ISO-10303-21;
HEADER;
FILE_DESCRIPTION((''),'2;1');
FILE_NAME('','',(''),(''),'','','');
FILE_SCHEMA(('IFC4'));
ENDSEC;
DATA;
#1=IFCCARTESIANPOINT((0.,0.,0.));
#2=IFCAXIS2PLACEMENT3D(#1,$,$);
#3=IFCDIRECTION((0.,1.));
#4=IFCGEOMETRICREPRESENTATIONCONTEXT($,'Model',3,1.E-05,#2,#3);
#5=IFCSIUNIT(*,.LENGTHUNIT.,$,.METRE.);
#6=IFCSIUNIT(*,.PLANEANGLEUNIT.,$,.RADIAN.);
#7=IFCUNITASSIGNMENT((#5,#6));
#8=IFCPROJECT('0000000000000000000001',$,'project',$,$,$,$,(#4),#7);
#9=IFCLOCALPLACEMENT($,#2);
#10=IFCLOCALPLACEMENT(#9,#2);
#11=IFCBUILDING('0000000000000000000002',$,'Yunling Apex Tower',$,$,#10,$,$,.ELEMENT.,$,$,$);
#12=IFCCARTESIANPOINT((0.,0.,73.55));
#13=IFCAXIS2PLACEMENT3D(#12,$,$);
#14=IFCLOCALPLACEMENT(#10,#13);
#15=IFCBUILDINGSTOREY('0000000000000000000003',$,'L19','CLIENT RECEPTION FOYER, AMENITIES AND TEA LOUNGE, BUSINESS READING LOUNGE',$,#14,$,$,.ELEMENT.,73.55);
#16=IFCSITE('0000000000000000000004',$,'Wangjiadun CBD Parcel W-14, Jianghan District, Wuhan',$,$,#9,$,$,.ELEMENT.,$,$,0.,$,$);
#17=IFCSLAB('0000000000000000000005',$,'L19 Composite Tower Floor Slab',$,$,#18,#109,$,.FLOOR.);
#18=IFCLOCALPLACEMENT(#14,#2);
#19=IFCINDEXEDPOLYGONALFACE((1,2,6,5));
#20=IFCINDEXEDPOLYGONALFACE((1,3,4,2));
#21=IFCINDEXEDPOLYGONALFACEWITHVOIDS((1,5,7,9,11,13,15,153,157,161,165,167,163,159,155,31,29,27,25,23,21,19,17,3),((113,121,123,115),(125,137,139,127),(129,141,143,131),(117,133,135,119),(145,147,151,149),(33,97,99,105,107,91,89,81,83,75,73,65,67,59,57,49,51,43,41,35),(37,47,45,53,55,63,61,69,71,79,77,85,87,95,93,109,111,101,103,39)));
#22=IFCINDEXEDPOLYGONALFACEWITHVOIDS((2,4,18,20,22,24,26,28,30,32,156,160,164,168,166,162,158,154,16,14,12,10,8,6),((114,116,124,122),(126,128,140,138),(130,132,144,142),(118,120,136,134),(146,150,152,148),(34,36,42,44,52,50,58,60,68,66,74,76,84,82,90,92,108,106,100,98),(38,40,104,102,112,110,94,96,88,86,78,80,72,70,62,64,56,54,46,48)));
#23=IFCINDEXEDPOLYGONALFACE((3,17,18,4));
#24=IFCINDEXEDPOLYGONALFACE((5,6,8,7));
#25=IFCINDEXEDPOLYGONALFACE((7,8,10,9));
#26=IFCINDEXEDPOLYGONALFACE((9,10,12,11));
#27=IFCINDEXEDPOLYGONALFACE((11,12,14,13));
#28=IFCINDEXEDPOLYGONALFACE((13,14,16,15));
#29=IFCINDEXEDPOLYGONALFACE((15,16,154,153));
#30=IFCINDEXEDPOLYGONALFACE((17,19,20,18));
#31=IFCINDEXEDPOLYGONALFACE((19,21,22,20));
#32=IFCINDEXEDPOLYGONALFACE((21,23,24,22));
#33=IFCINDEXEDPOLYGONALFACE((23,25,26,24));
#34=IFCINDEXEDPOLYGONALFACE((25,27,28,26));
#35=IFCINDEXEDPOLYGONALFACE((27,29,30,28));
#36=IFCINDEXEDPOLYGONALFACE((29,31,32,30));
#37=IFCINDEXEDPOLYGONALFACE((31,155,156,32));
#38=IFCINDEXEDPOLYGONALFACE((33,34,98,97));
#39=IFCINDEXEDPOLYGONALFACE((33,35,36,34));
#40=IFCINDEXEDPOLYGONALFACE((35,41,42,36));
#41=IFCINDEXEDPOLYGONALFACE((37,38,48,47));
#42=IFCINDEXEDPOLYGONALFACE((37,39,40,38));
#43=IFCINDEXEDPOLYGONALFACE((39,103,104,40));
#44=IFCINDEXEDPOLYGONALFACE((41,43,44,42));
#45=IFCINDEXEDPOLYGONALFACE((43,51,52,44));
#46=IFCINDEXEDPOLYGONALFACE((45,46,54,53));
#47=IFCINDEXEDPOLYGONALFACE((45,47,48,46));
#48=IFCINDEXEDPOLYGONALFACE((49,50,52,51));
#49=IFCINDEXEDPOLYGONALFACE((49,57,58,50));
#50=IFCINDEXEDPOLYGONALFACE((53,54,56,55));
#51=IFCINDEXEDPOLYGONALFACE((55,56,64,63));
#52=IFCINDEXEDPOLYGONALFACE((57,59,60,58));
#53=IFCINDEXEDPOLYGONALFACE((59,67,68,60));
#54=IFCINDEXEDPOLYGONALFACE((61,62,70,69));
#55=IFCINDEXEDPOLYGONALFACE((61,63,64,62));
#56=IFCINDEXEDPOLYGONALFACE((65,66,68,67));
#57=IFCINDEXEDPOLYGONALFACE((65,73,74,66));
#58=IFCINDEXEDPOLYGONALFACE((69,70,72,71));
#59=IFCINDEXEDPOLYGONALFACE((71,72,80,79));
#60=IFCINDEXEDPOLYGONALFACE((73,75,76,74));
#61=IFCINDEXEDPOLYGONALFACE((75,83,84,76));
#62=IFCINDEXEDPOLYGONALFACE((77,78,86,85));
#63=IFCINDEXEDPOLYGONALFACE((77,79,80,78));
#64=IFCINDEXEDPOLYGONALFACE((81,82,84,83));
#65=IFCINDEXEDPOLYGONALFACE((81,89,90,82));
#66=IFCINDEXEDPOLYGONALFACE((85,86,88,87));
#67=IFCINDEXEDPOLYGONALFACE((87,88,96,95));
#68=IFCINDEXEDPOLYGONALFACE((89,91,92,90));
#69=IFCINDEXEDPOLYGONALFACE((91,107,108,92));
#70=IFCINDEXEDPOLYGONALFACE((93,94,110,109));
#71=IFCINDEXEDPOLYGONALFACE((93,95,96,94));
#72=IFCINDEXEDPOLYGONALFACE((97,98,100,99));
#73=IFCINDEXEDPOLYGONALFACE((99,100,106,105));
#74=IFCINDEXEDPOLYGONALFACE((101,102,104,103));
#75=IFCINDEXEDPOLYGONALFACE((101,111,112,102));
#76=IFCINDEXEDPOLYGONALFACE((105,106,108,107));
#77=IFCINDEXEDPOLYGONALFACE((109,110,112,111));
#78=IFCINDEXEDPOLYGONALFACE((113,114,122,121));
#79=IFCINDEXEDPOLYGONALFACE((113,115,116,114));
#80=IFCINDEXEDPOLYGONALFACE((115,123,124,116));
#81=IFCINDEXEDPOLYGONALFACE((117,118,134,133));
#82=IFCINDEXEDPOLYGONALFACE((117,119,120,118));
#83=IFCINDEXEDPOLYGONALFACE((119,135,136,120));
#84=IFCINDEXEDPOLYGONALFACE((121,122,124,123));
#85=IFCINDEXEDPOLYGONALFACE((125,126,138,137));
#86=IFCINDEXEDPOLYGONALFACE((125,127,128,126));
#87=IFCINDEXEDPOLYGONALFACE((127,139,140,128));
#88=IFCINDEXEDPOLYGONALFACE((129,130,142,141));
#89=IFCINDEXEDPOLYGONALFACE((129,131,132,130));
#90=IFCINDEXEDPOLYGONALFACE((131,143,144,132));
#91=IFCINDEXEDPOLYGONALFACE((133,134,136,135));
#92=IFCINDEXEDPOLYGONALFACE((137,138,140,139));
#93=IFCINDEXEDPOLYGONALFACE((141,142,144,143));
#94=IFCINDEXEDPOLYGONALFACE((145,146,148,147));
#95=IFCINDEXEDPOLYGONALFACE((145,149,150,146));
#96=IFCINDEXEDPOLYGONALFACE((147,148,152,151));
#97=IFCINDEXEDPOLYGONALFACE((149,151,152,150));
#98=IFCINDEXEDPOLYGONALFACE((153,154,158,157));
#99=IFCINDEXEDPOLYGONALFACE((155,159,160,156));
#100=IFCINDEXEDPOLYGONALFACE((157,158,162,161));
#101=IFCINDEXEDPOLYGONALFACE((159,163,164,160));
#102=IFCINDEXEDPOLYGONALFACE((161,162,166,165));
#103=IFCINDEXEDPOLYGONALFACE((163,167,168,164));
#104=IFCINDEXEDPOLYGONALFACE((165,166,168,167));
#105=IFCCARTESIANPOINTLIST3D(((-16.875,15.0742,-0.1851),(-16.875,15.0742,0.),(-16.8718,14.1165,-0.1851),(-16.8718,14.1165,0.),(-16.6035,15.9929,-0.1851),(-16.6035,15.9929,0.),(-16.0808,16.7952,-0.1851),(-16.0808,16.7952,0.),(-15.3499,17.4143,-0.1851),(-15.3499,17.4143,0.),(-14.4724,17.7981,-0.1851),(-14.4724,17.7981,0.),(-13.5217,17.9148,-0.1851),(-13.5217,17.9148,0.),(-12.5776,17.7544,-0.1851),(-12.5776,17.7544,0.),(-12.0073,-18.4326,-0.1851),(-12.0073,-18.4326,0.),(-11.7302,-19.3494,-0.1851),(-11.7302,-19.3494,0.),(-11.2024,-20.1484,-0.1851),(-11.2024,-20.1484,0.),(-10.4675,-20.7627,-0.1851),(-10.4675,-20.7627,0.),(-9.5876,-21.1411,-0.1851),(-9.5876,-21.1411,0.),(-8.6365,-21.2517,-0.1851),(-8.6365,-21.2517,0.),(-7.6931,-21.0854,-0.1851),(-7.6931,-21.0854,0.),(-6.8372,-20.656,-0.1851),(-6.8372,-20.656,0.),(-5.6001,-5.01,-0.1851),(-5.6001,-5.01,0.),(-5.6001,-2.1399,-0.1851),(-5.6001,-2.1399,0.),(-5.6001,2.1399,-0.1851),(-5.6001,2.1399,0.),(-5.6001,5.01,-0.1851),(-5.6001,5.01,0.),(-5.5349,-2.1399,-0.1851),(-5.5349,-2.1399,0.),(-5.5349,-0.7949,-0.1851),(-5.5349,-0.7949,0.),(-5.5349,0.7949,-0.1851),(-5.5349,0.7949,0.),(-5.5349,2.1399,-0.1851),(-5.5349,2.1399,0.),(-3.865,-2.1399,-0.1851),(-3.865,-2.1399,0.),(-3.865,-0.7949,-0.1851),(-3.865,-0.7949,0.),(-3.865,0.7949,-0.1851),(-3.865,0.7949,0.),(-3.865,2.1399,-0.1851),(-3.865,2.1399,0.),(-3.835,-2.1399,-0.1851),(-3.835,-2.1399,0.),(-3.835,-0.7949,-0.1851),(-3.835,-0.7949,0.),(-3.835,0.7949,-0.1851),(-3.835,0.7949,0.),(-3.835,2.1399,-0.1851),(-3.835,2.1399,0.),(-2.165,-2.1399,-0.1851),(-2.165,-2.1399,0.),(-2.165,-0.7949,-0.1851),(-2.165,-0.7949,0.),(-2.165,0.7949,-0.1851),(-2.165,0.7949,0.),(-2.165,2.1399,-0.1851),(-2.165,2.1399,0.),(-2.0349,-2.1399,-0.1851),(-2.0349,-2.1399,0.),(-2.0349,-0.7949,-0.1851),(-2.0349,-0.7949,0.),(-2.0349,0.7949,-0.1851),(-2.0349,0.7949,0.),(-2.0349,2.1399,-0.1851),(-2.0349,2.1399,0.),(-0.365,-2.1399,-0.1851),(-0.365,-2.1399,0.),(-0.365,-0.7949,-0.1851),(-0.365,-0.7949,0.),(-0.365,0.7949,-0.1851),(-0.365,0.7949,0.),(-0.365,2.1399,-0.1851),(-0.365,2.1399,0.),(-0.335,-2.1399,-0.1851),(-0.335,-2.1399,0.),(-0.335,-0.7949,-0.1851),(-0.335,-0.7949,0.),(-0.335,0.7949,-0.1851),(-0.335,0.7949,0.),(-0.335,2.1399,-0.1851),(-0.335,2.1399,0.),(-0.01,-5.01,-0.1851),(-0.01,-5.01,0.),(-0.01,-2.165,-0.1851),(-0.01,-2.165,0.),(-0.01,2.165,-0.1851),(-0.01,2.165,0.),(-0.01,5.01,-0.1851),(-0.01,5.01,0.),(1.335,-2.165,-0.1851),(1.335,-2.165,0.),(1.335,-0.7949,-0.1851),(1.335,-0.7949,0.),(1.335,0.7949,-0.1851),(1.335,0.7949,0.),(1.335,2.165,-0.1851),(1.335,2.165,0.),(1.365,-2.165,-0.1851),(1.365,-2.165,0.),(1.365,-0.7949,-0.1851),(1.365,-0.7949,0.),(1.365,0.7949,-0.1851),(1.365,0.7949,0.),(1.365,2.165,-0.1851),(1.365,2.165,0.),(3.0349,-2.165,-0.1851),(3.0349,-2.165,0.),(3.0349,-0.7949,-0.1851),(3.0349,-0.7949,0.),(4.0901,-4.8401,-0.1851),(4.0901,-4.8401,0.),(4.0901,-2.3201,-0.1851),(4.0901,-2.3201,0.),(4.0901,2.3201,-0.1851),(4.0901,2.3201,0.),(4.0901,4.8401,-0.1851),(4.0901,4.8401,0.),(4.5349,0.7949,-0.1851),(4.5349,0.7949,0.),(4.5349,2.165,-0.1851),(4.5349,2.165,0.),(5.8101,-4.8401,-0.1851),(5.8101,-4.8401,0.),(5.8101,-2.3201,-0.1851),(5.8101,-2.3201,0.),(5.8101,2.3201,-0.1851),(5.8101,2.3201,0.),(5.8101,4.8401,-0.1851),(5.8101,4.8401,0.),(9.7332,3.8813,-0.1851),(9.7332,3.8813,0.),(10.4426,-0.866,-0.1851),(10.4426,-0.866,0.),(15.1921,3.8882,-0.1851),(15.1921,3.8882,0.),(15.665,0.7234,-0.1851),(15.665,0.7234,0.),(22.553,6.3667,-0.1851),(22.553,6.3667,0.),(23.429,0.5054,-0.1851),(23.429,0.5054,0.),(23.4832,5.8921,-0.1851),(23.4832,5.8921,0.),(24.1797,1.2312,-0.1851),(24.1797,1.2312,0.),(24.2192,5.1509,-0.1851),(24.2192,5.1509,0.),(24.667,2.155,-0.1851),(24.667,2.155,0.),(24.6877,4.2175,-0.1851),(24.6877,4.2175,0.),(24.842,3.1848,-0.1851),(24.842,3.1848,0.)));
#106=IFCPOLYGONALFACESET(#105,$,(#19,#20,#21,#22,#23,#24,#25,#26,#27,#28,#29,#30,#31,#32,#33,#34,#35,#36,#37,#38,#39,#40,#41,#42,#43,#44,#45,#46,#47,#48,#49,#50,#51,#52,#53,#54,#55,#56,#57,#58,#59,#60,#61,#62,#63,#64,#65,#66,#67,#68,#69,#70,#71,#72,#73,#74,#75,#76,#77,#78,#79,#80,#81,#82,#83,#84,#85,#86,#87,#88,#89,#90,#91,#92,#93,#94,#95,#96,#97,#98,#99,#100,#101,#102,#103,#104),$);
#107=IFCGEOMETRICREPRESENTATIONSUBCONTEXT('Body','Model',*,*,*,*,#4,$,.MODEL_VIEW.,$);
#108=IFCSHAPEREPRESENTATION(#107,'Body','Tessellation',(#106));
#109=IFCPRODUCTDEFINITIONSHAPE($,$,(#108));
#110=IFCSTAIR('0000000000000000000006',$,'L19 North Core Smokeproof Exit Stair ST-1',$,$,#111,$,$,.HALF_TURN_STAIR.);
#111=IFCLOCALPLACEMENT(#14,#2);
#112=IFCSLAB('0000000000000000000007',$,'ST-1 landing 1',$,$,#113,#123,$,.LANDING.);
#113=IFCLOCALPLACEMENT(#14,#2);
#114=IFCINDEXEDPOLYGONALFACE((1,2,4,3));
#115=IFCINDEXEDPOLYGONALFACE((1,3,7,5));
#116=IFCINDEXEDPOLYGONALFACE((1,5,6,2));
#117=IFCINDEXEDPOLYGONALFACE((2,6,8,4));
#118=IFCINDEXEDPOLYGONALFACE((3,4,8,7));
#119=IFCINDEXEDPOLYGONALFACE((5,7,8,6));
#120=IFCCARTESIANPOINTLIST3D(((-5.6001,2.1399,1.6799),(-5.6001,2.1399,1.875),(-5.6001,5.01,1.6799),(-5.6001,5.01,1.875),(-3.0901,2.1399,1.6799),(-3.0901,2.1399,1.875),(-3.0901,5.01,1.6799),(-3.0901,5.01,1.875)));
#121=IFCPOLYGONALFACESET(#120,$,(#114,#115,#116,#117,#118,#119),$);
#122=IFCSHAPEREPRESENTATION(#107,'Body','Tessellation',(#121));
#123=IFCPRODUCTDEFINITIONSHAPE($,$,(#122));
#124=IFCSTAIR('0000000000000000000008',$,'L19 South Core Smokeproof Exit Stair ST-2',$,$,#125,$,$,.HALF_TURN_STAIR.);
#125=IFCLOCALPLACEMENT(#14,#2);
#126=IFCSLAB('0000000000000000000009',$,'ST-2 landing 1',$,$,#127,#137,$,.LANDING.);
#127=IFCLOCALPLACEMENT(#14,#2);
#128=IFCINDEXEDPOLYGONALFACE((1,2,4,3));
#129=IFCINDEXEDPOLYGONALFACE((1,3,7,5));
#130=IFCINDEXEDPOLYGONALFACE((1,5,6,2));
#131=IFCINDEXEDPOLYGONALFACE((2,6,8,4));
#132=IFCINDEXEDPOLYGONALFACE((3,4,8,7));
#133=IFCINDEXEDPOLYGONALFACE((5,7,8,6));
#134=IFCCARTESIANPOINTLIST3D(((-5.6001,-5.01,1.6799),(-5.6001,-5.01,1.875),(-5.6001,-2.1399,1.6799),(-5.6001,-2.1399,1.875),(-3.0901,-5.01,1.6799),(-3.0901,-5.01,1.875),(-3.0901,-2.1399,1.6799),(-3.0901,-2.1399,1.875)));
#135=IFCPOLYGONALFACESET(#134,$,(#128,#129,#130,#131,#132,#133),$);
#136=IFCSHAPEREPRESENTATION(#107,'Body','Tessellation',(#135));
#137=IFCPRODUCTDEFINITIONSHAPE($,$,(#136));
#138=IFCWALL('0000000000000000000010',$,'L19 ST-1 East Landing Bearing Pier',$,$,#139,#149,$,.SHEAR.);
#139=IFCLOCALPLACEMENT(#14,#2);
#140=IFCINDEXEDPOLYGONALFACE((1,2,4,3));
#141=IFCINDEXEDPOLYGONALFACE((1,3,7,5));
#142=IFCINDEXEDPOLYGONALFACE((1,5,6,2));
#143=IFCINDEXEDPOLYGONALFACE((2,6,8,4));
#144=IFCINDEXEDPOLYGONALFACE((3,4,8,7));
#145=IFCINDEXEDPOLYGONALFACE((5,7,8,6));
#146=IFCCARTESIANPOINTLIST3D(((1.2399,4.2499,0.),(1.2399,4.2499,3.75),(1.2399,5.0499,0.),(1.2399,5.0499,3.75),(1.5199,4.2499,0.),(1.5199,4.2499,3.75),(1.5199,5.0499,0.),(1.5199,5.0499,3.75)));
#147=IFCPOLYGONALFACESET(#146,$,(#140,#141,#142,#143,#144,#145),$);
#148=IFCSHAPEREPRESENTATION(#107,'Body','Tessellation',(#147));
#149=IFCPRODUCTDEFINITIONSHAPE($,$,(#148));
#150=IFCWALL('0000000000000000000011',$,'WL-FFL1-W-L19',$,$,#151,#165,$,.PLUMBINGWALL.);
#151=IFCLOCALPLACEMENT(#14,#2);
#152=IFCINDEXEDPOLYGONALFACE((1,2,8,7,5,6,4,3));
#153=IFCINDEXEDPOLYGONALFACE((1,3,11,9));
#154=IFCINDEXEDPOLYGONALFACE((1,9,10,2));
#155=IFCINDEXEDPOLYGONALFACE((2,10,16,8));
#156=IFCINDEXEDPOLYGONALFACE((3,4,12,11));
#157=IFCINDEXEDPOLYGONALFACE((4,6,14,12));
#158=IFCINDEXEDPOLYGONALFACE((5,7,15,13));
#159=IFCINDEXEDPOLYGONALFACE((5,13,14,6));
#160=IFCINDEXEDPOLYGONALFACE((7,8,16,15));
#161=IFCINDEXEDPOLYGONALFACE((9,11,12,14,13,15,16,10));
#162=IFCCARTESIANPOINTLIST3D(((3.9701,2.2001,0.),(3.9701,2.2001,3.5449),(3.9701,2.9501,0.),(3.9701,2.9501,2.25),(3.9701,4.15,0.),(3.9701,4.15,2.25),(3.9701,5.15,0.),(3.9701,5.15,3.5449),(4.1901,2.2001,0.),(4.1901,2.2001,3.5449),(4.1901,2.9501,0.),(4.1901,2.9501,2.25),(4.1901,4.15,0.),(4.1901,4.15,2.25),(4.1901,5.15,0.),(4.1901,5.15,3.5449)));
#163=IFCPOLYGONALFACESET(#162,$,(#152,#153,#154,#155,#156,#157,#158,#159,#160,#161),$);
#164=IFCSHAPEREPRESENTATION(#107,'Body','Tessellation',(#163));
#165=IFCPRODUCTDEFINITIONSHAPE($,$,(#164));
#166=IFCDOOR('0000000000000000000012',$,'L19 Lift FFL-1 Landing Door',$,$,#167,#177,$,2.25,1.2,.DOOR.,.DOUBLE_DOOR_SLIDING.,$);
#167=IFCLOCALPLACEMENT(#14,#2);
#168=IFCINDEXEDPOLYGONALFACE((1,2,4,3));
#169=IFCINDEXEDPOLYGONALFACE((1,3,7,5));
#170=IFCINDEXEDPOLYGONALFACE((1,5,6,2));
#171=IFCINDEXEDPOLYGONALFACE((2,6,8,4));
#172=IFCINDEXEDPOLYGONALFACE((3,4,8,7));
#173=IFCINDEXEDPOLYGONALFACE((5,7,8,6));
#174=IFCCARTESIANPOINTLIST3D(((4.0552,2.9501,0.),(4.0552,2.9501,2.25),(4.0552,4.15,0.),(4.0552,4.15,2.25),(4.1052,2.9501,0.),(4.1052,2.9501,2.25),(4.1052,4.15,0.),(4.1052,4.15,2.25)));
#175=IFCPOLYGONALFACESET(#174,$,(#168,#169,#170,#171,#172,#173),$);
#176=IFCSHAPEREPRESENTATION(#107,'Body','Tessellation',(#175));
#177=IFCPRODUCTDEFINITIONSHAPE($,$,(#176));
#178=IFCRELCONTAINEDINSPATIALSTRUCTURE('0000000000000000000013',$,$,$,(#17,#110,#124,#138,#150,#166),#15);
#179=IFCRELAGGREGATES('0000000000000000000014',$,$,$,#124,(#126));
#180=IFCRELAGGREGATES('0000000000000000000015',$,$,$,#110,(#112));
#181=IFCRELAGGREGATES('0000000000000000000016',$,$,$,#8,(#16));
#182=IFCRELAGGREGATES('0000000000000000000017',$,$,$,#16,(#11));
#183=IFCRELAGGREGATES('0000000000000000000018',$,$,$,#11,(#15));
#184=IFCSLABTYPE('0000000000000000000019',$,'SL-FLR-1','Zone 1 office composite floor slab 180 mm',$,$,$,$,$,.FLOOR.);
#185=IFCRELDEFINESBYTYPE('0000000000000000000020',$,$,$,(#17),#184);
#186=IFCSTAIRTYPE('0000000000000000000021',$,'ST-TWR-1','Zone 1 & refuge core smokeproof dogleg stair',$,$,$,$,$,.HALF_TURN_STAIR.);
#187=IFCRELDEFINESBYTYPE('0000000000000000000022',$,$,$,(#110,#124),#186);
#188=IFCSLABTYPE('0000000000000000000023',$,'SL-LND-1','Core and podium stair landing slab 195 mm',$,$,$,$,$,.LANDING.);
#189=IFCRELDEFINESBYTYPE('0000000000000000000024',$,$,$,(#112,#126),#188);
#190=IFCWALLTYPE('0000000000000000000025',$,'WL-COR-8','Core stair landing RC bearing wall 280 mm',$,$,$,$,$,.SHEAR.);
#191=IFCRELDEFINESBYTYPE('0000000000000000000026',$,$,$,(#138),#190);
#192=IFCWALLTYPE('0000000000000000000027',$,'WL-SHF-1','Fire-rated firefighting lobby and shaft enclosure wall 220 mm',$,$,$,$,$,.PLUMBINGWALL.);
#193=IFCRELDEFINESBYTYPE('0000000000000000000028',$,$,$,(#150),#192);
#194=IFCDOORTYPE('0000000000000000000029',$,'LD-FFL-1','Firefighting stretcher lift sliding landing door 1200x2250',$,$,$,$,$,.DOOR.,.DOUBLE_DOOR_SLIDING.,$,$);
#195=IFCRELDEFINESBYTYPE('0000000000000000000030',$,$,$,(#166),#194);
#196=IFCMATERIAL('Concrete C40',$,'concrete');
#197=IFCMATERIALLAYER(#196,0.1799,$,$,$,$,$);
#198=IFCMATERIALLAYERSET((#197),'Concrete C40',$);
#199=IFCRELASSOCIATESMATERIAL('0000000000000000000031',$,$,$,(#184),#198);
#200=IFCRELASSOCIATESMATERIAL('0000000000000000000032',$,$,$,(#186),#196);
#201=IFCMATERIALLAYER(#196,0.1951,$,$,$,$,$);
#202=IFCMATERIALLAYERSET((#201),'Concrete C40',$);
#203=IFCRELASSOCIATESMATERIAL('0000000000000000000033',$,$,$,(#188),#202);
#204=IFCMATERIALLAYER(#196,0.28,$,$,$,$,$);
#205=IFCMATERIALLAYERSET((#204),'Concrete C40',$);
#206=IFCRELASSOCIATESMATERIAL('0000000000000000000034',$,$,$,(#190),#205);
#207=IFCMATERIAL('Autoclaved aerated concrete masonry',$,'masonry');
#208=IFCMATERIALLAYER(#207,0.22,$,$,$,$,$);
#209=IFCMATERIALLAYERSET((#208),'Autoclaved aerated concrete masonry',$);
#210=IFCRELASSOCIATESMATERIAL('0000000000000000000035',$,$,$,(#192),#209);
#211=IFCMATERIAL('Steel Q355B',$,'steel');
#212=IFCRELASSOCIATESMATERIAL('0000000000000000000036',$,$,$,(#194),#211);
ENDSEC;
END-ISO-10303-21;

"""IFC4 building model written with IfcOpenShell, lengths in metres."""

from ifc_helpers import new_model, si_unit, direction, frame, frame_2d, origin, place, context, subcontext, project, spatial, polyline, rectangle, outline, extrude, material, layer, layer_set, type_object, element, fill, aggregate, save


model = new_model("IFC4")

# Units and contexts
model_context = context("Model", 3, precision=1e-05, world=origin(), true_north=direction((0.0, 1.0)))
body_context = subcontext(model_context, "Body", "Model", "MODEL_VIEW")
ifc_project = project(units=[si_unit("LENGTHUNIT", "METRE"), si_unit("PLANEANGLEUNIT", "RADIAN")], contexts=[model_context])

# Site, building, storey
site_placement = place(None, origin())
site = spatial("IfcSite", under=ifc_project, at=site_placement, Name="Wangjiadun CBD Parcel W-14, Jianghan District, Wuhan", CompositionType="ELEMENT", RefElevation=0.0)
building_placement = place(site_placement, origin())
building = spatial("IfcBuilding", under=site, at=building_placement, Name="Yunling Apex Tower", CompositionType="ELEMENT")
storey_placement = place(building_placement, frame((0.0, 0.0, 73.55)))
storey = spatial("IfcBuildingStorey", under=building, at=storey_placement, Name="L19", Description="CLIENT RECEPTION FOYER, AMENITIES AND TEA LOUNGE, BUSINESS READING LOUNGE", CompositionType="ELEMENT", Elevation=73.55)

# Slab
ifc_material_1 = material(Name="Concrete C40", Category="concrete")
ifc_layer_1 = layer(ifc_material_1, 0.1799)
ifc_layer_set_1 = layer_set([ifc_layer_1], Name="Concrete C40")
slab_type_1 = type_object("IfcSlabType", Name="SL-FLR-1", Description="Zone 1 office composite floor slab 180 mm", PredefinedType="FLOOR", material=ifc_layer_set_1)
slab_1_placement = place(storey_placement, frame((0.0, 0.0, -0.1851)))
element("IfcSlab", 1, at=slab_1_placement, inside=storey, type_object=slab_type_1, Name="L19 Composite Tower Floor Slab", PredefinedType="FLOOR", context=body_context, shape_type="SweptSolid", body=[
    extrude(outline(polyline([(-12.0073, -18.4326), (-11.7302, -19.3494), (-11.2024, -20.1484), (-10.4675, -20.7627), (-9.5876, -21.1411), (-8.6365, -21.2517), (-7.6931, -21.0854), (-6.8372, -20.656), (23.429, 0.5054), (24.1797, 1.2312), (24.667, 2.155), (24.842, 3.1848), (24.6877, 4.2175), (24.2192, 5.1509), (23.4832, 5.8921), (22.553, 6.3667), (-12.5776, 17.7544), (-13.5217, 17.9148), (-14.4724, 17.7981), (-15.3499, 17.4143), (-16.0808, 16.7952), (-16.6035, 15.9929), (-16.875, 15.0742), (-16.8718, 14.1165), (-12.0073, -18.4326)]), holes=[polyline([(15.1921, 3.8882), (15.665, 0.7234), (10.4426, -0.866), (9.7332, 3.8813), (15.1921, 3.8882)]), polyline([(5.8101, -2.3201), (5.8101, -4.8401), (4.0901, -4.8401), (4.0901, -2.3201), (5.8101, -2.3201)]), polyline([(5.8101, 4.8401), (5.8101, 2.3201), (4.0901, 2.3201), (4.0901, 4.8401), (5.8101, 4.8401)]), polyline([(4.5349, 0.7949), (1.365, 0.7949), (1.365, 2.165), (4.5349, 2.165), (4.5349, 0.7949)]), polyline([(3.0349, -0.7949), (3.0349, -2.165), (1.365, -2.165), (1.365, -0.7949), (3.0349, -0.7949)]), polyline([(-3.865, -0.7949), (-3.865, -2.1399), (-3.835, -2.1399), (-3.835, -0.7949), (-2.165, -0.7949), (-2.165, -2.1399), (-2.0349, -2.1399), (-2.0349, -0.7949), (-0.365, -0.7949), (-0.365, -2.1399), (-0.335, -2.1399), (-0.335, -0.7949), (1.335, -0.7949), (1.335, -2.165), (-0.01, -2.165), (-0.01, -5.01), (-5.6001, -5.01), (-5.6001, -2.1399), (-5.5349, -2.1399), (-5.5349, -0.7949), (-3.865, -0.7949)]), polyline([(-5.6001, 2.1399), (-5.6001, 5.01), (-0.01, 5.01), (-0.01, 2.165), (1.335, 2.165), (1.335, 0.7949), (-0.335, 0.7949), (-0.335, 2.1399), (-0.365, 2.1399), (-0.365, 0.7949), (-2.0349, 0.7949), (-2.0349, 2.1399), (-2.165, 2.1399), (-2.165, 0.7949), (-3.835, 0.7949), (-3.835, 2.1399), (-3.865, 2.1399), (-3.865, 0.7949), (-5.5349, 0.7949), (-5.5349, 2.1399), (-5.6001, 2.1399)])]), origin(), (0.0, 0.0, 1.0), 0.1851),
])

# Stairs, slabs
stair_type = type_object("IfcStairType", Name="ST-TWR-1", Description="Zone 1 & refuge core smokeproof dogleg stair", PredefinedType="HALF_TURN_STAIR", material=ifc_material_1)
stair_1_placement = place(storey_placement, origin())
stair_1 = element("IfcStair", 2, at=stair_1_placement, inside=storey, type_object=stair_type, Name="L19 North Core Smokeproof Exit Stair ST-1", PredefinedType="HALF_TURN_STAIR")
ifc_layer_2 = layer(ifc_material_1, 0.1951)
ifc_layer_set_2 = layer_set([ifc_layer_2], Name="Concrete C40")
slab_type_2 = type_object("IfcSlabType", Name="SL-LND-1", Description="Core and podium stair landing slab 195 mm", PredefinedType="LANDING", material=ifc_layer_set_2)
slab_2_placement = place(storey_placement, frame((0.0, 0.0, 1.6799)))
slab_2 = element("IfcSlab", 3, at=slab_2_placement, type_object=slab_type_2, Name="ST-1 landing 1", PredefinedType="LANDING", context=body_context, shape_type="SweptSolid", body=[
    extrude(outline(polyline([(-3.0901, 5.01), (-5.6001, 5.01), (-5.6001, 2.1399), (-3.0901, 2.1399), (-3.0901, 5.01)])), origin(), (0.0, 0.0, 1.0), 0.1951),
])
stair_2_placement = place(storey_placement, origin())
stair_2 = element("IfcStair", 4, at=stair_2_placement, inside=storey, type_object=stair_type, Name="L19 South Core Smokeproof Exit Stair ST-2", PredefinedType="HALF_TURN_STAIR")
slab_3_placement = place(storey_placement, frame((0.0, 0.0, 1.6799)))
slab_3 = element("IfcSlab", 5, at=slab_3_placement, type_object=slab_type_2, Name="ST-2 landing 1", PredefinedType="LANDING", context=body_context, shape_type="SweptSolid", body=[
    extrude(outline(polyline([(-3.0901, -2.1399), (-5.6001, -2.1399), (-5.6001, -5.01), (-3.0901, -5.01), (-3.0901, -2.1399)])), origin(), (0.0, 0.0, 1.0), 0.1951),
])
aggregate(stair_2, [slab_3])

# Wall
ifc_layer_3 = layer(ifc_material_1, 0.28)
ifc_layer_set_3 = layer_set([ifc_layer_3], Name="Concrete C40")
wall_type_1 = type_object("IfcWallType", Name="WL-COR-8", Description="Core stair landing RC bearing wall 280 mm", PredefinedType="SHEAR", material=ifc_layer_set_3)
wall_1_placement = place(storey_placement, frame((1.3799, 4.25, 0.0), z_axis=(0.0, 0.0, 1.0), x_axis=(0.0, 1.0, 0.0)))
element("IfcWall", 6, at=wall_1_placement, inside=storey, type_object=wall_type_1, Name="L19 ST-1 East Landing Bearing Pier", PredefinedType="SHEAR", context=body_context, shape_type="SweptSolid", body=[
    extrude(rectangle(XDim=0.8, YDim=0.28, at=frame_2d((0.3999, 0.0))), origin(), (0.0, 0.0, 1.0), 3.75),
])

# Wall, opening, door
ifc_material_2 = material(Name="Autoclaved aerated concrete masonry", Category="masonry")
ifc_layer_4 = layer(ifc_material_2, 0.22)
ifc_layer_set_4 = layer_set([ifc_layer_4], Name="Autoclaved aerated concrete masonry")
wall_type_2 = type_object("IfcWallType", Name="WL-SHF-1", Description="Fire-rated firefighting lobby and shaft enclosure wall 220 mm", PredefinedType="PLUMBINGWALL", material=ifc_layer_set_4)
ifc_material_3 = material(Name="Steel Q355B", Category="steel")
wall_2_placement = place(storey_placement, frame((4.0801, 2.2, 0.0), z_axis=(0.0, 0.0, 1.0), x_axis=(0.0, 1.0, 0.0)))
wall_2 = element("IfcWall", 7, at=wall_2_placement, inside=storey, type_object=wall_type_2, Name="WL-FFL1-W-L19", PredefinedType="PLUMBINGWALL", context=body_context, shape_type="SweptSolid", body=[
    extrude(rectangle(XDim=2.95, YDim=0.22, at=frame_2d((1.4751, 0.0))), origin(), (0.0, 0.0, 1.0), 3.5449),
])
opening_1_placement = place(wall_2_placement, frame((0.75, 0.0, 0.0)))
opening_1 = element("IfcOpeningElement", 8, at=opening_1_placement, cuts=wall_2, PredefinedType="OPENING", context=body_context, shape_type="SweptSolid", body=[
    extrude(rectangle(XDim=1.2, YDim=2.25, at=frame_2d((0.6001, 1.125))), frame((0.0, 0.1201, 0.0), z_axis=(0.0, -1.0, 0.0), x_axis=(1.0, 0.0, 0.0)), (0.0, 0.0, 1.0), 0.24),
])
door_type_1 = type_object("IfcDoorType", Name="LD-FFL-1", Description="Firefighting stretcher lift sliding landing door 1200x2250", OperationType="DOUBLE_DOOR_SLIDING", PredefinedType="DOOR", material=ifc_material_3)
door_1_placement = place(opening_1_placement, origin())
door_1 = element("IfcDoor", 9, at=door_1_placement, inside=storey, type_object=door_type_1, Name="L19 Lift FFL-1 Landing Door", OperationType="DOUBLE_DOOR_SLIDING", OverallHeight=2.25, OverallWidth=1.2, PredefinedType="DOOR", context=body_context, shape_type="SweptSolid", body=[
    extrude(rectangle(XDim=1.2, YDim=2.25, at=frame_2d((0.6001, 1.125))), frame((0.0, 0.0249, 0.0), z_axis=(0.0, -1.0, 0.0), x_axis=(1.0, 0.0, 0.0)), (0.0, 0.0, 1.0), 0.05),
])
fill(opening_1, door_1)

aggregate(stair_1, [slab_2])

save(model, "model.ifc")
